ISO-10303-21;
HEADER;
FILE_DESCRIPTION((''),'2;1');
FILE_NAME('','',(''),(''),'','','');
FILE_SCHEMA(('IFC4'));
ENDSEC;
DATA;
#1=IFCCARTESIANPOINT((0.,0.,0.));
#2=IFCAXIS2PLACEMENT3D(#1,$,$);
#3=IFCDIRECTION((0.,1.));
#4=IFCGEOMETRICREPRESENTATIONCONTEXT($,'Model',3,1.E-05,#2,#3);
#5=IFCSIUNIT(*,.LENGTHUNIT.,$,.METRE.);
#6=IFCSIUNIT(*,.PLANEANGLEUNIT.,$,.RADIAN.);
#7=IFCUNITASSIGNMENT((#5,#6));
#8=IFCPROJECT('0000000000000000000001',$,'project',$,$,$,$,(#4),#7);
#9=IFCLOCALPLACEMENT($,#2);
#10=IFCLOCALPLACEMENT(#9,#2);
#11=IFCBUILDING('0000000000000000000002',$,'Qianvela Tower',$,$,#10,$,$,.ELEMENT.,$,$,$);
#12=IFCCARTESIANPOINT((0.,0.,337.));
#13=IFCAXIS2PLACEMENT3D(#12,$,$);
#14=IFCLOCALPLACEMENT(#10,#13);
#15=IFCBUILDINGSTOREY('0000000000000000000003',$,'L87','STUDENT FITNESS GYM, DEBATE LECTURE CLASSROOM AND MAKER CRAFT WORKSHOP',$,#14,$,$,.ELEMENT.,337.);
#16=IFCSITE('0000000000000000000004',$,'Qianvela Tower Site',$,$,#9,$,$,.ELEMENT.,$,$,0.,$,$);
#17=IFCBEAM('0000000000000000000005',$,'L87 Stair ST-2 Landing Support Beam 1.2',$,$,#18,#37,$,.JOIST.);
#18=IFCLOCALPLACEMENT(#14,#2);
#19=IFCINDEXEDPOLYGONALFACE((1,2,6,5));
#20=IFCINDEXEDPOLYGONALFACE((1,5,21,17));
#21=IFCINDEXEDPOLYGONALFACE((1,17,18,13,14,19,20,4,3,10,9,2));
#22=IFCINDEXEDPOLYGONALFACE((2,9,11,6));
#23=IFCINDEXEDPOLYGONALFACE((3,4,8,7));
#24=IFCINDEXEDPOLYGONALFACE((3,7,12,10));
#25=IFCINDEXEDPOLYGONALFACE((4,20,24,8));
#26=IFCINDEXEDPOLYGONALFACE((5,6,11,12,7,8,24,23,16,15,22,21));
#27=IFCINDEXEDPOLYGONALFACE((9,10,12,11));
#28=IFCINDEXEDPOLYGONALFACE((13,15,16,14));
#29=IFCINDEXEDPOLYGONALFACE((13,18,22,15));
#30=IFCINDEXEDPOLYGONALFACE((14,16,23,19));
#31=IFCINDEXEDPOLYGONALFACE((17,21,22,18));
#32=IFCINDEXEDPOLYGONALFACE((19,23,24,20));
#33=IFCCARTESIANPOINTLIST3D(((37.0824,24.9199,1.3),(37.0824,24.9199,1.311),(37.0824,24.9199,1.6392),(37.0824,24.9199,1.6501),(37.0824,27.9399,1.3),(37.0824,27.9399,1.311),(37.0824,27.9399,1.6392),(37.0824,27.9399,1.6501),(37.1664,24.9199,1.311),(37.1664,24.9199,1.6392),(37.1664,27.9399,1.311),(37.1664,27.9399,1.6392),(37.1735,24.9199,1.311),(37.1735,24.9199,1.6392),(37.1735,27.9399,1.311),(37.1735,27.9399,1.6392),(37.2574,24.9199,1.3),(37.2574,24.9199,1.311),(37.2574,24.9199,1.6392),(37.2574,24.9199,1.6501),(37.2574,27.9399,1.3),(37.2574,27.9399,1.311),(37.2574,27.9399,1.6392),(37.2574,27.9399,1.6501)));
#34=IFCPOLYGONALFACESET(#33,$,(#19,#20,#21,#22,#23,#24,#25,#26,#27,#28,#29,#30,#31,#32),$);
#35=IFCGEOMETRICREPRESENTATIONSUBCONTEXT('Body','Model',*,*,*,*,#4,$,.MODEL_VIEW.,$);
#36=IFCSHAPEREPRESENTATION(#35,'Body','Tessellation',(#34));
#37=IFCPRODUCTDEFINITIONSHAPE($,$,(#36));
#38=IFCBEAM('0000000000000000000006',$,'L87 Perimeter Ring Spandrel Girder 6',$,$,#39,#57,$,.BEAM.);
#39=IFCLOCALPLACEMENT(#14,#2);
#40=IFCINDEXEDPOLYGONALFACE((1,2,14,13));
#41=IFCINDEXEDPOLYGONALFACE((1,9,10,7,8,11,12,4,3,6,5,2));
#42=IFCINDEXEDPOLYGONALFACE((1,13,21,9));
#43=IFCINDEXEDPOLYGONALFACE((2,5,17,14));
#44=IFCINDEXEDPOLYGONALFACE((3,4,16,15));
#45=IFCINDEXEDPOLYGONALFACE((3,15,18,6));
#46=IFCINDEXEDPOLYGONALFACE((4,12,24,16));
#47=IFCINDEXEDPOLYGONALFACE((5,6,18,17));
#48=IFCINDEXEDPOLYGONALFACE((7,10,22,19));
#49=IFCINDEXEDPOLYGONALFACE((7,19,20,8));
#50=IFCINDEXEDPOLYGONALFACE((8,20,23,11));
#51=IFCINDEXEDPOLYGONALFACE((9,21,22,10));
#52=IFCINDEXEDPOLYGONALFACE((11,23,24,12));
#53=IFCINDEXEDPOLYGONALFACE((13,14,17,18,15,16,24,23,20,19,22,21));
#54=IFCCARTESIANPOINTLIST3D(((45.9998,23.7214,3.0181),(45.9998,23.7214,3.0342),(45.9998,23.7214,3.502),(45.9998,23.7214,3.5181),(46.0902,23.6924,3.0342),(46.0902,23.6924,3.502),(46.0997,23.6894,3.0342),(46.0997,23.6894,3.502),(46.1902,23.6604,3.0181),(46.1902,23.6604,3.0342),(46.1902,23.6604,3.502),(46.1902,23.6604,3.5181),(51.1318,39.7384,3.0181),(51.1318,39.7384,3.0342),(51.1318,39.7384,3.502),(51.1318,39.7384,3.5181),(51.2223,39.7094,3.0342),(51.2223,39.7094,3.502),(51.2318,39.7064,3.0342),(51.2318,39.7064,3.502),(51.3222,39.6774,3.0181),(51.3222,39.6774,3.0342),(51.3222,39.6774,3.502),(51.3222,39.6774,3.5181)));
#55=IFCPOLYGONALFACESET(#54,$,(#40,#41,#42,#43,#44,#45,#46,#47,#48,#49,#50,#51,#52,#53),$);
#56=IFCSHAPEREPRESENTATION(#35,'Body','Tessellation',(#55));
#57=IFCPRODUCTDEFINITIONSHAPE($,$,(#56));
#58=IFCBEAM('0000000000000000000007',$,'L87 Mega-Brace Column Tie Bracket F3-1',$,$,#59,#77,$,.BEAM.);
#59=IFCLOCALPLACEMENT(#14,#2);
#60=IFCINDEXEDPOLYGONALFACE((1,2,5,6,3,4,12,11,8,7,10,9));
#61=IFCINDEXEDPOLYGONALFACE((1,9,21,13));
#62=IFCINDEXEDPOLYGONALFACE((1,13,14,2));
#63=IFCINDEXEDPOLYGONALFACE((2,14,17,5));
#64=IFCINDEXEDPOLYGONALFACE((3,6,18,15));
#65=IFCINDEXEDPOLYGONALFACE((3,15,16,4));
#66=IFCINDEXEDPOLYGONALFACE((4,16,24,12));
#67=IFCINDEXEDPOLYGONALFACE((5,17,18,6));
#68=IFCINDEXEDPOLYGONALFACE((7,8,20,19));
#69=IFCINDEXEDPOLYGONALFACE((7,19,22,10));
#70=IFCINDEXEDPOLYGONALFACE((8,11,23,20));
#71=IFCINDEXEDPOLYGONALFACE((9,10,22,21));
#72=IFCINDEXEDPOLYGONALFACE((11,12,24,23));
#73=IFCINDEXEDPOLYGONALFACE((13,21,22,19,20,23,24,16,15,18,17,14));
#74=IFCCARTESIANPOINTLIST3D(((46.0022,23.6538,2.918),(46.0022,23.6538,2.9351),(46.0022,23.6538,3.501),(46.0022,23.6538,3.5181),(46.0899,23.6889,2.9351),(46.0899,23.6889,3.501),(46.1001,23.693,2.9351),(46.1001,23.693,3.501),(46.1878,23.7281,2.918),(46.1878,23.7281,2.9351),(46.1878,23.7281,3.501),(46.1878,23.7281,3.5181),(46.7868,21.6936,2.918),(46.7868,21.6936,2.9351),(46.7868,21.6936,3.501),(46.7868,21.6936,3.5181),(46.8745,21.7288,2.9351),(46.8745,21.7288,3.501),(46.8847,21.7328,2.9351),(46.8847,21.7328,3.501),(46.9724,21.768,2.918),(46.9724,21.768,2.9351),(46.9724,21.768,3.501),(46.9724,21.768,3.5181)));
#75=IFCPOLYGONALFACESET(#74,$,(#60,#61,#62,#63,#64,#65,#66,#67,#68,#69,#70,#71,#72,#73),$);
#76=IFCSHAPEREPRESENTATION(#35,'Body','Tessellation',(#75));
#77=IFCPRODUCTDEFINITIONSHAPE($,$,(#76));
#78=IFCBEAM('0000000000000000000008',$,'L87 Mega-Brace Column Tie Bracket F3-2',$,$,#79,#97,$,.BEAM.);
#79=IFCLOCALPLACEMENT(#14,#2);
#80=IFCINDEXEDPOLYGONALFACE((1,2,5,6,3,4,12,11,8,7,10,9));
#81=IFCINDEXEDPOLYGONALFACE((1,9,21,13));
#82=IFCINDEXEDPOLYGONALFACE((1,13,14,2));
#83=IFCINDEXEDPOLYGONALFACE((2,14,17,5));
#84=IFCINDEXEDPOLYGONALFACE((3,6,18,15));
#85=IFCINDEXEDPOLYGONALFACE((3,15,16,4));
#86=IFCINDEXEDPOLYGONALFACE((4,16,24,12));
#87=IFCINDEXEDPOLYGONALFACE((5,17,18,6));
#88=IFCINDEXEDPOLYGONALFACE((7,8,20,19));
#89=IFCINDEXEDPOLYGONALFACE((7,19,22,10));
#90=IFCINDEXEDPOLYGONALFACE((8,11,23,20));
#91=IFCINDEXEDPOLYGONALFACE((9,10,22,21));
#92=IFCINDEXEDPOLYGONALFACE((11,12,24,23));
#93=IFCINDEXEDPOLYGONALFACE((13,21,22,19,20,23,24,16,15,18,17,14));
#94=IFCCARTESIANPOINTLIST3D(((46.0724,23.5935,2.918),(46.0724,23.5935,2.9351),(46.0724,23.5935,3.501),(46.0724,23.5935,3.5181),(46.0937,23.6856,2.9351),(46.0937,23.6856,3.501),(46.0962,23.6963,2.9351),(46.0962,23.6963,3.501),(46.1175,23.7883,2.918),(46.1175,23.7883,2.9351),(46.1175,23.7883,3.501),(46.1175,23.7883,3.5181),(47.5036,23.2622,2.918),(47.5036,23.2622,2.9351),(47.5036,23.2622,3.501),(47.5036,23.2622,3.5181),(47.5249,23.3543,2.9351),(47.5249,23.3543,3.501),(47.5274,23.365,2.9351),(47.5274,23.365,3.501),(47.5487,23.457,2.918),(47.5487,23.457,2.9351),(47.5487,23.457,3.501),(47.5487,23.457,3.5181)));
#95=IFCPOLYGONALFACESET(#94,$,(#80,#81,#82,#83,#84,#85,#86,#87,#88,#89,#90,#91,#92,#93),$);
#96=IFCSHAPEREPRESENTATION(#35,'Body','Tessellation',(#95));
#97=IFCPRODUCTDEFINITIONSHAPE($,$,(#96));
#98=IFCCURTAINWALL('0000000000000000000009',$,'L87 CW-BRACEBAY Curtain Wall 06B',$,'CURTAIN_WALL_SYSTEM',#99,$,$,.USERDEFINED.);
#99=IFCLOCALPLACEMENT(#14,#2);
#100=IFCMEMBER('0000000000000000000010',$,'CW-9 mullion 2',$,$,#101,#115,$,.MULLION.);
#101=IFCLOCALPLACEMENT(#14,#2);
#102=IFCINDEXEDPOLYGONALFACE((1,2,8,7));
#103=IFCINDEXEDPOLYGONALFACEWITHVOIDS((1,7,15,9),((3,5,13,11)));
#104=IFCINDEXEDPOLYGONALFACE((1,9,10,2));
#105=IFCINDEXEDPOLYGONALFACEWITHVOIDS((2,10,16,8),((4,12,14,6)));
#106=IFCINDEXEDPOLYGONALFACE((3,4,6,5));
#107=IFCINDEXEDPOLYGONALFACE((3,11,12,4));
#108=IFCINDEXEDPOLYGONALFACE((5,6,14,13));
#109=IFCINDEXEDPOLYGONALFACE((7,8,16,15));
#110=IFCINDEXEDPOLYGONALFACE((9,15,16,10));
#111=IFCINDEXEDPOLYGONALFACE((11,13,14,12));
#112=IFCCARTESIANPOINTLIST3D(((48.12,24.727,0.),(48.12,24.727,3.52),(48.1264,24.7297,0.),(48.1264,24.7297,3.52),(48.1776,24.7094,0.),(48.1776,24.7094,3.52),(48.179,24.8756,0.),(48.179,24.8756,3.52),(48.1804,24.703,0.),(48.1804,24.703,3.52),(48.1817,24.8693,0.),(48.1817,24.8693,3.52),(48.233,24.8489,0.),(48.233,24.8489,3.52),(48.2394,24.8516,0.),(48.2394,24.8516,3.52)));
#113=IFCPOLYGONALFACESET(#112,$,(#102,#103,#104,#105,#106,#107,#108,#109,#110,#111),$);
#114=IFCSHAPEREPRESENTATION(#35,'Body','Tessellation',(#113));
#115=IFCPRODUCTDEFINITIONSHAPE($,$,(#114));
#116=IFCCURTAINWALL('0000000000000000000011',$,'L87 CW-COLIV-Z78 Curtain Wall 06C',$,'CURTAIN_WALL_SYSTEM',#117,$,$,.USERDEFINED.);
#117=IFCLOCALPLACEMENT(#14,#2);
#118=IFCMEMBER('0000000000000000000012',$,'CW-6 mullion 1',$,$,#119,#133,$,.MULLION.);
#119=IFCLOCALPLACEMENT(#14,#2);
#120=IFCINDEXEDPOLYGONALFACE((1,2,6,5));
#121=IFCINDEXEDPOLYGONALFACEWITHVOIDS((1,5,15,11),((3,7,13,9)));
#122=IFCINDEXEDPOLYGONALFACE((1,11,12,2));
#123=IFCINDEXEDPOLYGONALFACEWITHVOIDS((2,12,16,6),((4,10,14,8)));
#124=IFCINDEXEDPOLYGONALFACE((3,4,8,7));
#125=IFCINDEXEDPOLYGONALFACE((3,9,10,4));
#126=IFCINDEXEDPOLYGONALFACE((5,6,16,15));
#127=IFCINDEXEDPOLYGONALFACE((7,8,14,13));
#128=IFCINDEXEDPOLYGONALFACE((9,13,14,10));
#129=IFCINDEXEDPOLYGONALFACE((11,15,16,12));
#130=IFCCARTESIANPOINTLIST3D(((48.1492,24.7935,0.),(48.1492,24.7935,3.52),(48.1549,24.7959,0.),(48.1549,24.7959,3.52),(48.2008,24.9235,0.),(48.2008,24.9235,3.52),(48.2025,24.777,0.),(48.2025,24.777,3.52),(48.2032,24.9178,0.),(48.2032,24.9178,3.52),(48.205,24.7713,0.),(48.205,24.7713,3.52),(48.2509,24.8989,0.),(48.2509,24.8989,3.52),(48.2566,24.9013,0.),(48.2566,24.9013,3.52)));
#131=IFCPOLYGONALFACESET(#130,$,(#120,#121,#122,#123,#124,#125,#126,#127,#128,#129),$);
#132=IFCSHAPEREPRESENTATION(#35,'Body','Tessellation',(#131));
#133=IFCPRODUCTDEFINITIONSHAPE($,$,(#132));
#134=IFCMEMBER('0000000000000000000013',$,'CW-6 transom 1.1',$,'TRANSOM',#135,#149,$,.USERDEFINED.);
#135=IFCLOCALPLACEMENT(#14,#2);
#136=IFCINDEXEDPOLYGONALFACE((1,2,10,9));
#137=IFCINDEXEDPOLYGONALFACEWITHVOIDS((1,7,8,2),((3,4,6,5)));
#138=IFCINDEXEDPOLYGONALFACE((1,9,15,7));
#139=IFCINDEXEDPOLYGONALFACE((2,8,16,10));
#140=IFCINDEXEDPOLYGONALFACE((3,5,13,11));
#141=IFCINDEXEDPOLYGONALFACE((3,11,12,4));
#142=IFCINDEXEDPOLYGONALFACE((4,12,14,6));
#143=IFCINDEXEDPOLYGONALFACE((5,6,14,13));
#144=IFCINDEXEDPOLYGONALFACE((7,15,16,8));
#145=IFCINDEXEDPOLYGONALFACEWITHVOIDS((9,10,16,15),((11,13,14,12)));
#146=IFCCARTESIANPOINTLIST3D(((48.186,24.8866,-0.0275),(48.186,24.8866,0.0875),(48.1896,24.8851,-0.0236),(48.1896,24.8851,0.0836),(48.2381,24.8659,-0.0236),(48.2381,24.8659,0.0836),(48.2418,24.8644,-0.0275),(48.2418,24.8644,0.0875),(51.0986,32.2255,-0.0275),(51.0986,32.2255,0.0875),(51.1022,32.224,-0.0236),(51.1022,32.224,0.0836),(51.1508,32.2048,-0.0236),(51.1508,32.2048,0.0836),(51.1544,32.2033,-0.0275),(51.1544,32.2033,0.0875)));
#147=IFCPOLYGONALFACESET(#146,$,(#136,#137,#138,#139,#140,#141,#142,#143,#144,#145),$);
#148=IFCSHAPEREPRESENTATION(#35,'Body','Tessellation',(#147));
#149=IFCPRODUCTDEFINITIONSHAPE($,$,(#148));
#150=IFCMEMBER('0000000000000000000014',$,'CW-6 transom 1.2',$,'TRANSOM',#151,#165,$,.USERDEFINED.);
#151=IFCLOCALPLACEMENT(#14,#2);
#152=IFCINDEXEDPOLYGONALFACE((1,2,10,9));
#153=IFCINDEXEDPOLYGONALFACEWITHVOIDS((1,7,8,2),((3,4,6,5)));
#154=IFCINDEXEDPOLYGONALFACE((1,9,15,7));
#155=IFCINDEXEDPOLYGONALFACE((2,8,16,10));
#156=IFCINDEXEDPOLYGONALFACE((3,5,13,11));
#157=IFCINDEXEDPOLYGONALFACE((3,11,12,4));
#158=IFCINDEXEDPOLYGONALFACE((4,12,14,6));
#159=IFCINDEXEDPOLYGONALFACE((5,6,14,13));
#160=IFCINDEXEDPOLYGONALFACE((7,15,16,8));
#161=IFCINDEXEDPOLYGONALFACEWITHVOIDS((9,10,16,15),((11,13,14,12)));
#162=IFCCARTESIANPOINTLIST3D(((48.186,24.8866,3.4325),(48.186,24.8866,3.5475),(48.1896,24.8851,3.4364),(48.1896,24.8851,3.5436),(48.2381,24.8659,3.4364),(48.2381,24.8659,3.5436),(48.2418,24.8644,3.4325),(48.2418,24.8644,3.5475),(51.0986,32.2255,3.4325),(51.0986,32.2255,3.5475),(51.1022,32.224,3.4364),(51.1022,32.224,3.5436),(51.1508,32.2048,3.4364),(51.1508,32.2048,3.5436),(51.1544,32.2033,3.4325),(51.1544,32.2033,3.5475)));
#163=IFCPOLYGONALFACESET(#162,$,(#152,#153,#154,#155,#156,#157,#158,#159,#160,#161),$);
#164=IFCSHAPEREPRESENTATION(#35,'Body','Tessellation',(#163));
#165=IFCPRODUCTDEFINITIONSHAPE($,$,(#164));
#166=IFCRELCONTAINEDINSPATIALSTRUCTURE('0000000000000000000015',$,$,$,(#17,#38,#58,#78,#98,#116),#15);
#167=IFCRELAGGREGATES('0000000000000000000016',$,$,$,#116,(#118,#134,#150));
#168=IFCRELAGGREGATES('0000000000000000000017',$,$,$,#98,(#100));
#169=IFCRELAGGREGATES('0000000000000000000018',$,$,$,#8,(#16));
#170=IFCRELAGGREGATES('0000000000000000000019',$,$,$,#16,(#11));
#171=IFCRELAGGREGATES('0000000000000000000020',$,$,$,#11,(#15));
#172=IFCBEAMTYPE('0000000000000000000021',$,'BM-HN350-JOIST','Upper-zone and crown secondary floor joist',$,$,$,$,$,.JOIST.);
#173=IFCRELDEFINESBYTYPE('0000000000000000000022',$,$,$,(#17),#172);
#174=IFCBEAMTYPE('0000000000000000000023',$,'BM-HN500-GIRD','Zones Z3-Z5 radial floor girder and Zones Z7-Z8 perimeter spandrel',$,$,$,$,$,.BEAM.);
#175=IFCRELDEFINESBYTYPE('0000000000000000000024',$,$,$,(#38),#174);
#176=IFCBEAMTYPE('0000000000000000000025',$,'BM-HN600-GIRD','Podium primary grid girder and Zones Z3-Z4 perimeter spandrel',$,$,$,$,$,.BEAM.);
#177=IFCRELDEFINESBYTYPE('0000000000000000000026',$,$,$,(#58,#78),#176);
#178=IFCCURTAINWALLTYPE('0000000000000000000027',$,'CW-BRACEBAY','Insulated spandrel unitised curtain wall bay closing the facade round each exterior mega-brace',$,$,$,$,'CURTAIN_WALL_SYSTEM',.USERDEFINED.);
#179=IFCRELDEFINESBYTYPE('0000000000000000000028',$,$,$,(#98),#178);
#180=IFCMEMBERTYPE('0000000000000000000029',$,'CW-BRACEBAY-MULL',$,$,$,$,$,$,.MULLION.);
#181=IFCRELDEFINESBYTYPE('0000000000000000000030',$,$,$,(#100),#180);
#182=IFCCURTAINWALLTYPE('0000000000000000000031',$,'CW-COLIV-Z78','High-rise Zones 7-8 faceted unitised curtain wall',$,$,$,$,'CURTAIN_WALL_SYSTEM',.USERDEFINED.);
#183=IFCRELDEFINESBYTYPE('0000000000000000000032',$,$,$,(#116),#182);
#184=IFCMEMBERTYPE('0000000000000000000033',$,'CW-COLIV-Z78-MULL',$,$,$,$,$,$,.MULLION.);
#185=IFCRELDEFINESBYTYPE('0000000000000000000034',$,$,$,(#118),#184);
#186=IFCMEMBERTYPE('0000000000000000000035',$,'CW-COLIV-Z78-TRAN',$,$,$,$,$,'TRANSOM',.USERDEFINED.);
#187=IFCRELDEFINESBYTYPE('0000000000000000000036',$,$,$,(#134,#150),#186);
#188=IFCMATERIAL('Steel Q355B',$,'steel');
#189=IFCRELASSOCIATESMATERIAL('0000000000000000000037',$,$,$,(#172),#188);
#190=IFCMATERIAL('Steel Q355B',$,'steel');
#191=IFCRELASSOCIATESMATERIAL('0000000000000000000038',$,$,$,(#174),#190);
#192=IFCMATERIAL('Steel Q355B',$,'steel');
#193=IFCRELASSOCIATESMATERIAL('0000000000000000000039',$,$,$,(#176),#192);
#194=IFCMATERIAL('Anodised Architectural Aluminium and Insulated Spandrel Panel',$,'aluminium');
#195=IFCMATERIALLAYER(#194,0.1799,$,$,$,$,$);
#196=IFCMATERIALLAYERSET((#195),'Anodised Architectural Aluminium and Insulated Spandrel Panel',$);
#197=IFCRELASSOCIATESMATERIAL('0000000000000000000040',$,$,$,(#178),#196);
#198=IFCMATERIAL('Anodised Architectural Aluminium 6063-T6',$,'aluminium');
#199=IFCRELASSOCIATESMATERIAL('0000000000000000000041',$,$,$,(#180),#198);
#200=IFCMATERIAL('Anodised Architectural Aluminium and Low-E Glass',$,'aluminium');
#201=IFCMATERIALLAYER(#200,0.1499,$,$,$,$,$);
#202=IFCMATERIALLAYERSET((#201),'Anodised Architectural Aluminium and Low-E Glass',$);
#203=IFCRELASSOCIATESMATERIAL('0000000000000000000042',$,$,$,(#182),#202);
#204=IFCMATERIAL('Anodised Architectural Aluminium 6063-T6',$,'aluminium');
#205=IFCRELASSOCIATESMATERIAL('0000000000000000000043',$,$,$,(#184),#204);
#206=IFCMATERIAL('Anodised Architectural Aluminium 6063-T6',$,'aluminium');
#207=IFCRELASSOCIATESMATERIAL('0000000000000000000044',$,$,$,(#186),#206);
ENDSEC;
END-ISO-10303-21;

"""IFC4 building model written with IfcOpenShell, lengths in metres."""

from ifc_helpers import new_model, si_unit, direction, frame, origin, origin_2d, place, context, subcontext, project, spatial, hollow_rectangle, i_section, extrude, material, layer, layer_set, material_profile, profile_set, type_object, element, aggregate, save


model = new_model("IFC4")

# Units and contexts
model_context = context("Model", 3, precision=1e-05, world=origin(), true_north=direction((0.0, 1.0)))
body_context = subcontext(model_context, "Body", "Model", "MODEL_VIEW")
ifc_project = project(units=[si_unit("LENGTHUNIT", "METRE"), si_unit("PLANEANGLEUNIT", "RADIAN")], contexts=[model_context])

# Site, building, storey
site_placement = place(None, origin())
site = spatial("IfcSite", under=ifc_project, at=site_placement, Name="Qianvela Tower Site", CompositionType="ELEMENT", RefElevation=0.0)
building_placement = place(site_placement, origin())
building = spatial("IfcBuilding", under=site, at=building_placement, Name="Qianvela Tower", CompositionType="ELEMENT")
storey_placement = place(building_placement, frame((0.0, 0.0, 337.0)))
storey = spatial("IfcBuildingStorey", under=building, at=storey_placement, Name="L87", Description="STUDENT FITNESS GYM, DEBATE LECTURE CLASSROOM AND MAKER CRAFT WORKSHOP", CompositionType="ELEMENT", Elevation=337.0)

# Beams
ifc_material_1 = material(Name="Steel Q355B", Category="steel")
ifc_material_profile_1 = material_profile(ifc_material_1, i_section(OverallWidth=0.175, OverallDepth=0.3501, WebThickness=0.0071, FlangeThickness=0.011, at=origin_2d()), Name="HN350x175x7x11")
ifc_profile_set_1 = profile_set([ifc_material_profile_1], Name="Steel Q355B")
beam_type_1 = type_object("IfcBeamType", Name="BM-HN350-JOIST", Description="Upper-zone and crown secondary floor joist", PredefinedType="JOIST", material=ifc_profile_set_1)
for number, where, z_axis, x_axis, name in (
    (1, (37.1699, 24.9199, 1.4751), (0.0, 1.0, 0.0), (-1.0, 0.0, 0.0), "L87 Stair ST-2 Landing Support Beam 1.2"),
):
    element("IfcBeam", number, at=place(storey_placement, frame(where, z_axis=z_axis, x_axis=x_axis)), inside=storey, type_object=beam_type_1, Name=name, PredefinedType="JOIST", context=body_context, shape_type="SweptSolid", body=[
        extrude(i_section(OverallWidth=0.175, OverallDepth=0.3501, WebThickness=0.0071, FlangeThickness=0.011, at=origin_2d()), origin(), (0.0, 0.0, 1.0), 3.02),
    ])
ifc_material_2 = material(Name="Steel Q355B", Category="steel")
ifc_material_profile_2 = material_profile(ifc_material_2, i_section(OverallWidth=0.2, OverallDepth=0.5, WebThickness=0.01, FlangeThickness=0.0161, at=origin_2d()), Name="HN500x200x10x16")
ifc_profile_set_2 = profile_set([ifc_material_profile_2], Name="Steel Q355B")
beam_type_2 = type_object("IfcBeamType", Name="BM-HN500-GIRD", Description="Zones Z3-Z5 radial floor girder and Zones Z7-Z8 perimeter spandrel", PredefinedType="BEAM", material=ifc_profile_set_2)
beam_1_placement = place(storey_placement, frame((46.095, 23.6909, 3.2681), z_axis=(0.305132, 0.95231, 0.0), x_axis=(-0.95231, 0.305132, 0.0)))
element("IfcBeam", 2, at=beam_1_placement, inside=storey, type_object=beam_type_2, Name="L87 Perimeter Ring Spandrel Girder 6", PredefinedType="BEAM", context=body_context, shape_type="SweptSolid", body=[
    extrude(i_section(OverallWidth=0.2, OverallDepth=0.5, WebThickness=0.01, FlangeThickness=0.0161, at=origin_2d()), origin(), (0.0, 0.0, 1.0), 16.8191),
])
ifc_material_3 = material(Name="Steel Q355B", Category="steel")
ifc_material_profile_3 = material_profile(ifc_material_3, i_section(OverallWidth=0.2, OverallDepth=0.6001, WebThickness=0.011, FlangeThickness=0.0171, at=origin_2d()), Name="HN600x200x11x17")
ifc_profile_set_3 = profile_set([ifc_material_profile_3], Name="Steel Q355B")
beam_type_3 = type_object("IfcBeamType", Name="BM-HN600-GIRD", Description="Podium primary grid girder and Zones Z3-Z4 perimeter spandrel", PredefinedType="BEAM", material=ifc_profile_set_3)
beam_2_placement = place(storey_placement, frame((46.095, 23.6909, 3.218), z_axis=(0.37163, -0.928381, 0.0), x_axis=(0.928381, 0.37163, 0.0)))
element("IfcBeam", 3, at=beam_2_placement, inside=storey, type_object=beam_type_3, Name="L87 Mega-Brace Column Tie Bracket F3-1", PredefinedType="BEAM", context=body_context, shape_type="SweptSolid", body=[
    extrude(i_section(OverallWidth=0.2, OverallDepth=0.6001, WebThickness=0.011, FlangeThickness=0.0171, at=origin_2d()), origin(), (0.0, 0.0, 1.0), 2.1113),
])
beam_3_placement = place(storey_placement, frame((46.095, 23.6909, 3.218), z_axis=(0.974237, -0.225527, 0.0), x_axis=(0.225527, 0.974237, 0.0)))
element("IfcBeam", 4, at=beam_3_placement, inside=storey, type_object=beam_type_3, Name="L87 Mega-Brace Column Tie Bracket F3-2", PredefinedType="BEAM", context=body_context, shape_type="SweptSolid", body=[
    extrude(i_section(OverallWidth=0.2, OverallDepth=0.6001, WebThickness=0.011, FlangeThickness=0.0171, at=origin_2d()), origin(), (0.0, 0.0, 1.0), 1.469),
])

# Curtain wall, member
ifc_material_4 = material(Name="Anodised Architectural Aluminium and Insulated Spandrel Panel", Category="aluminium")
ifc_layer_1 = layer(ifc_material_4, 0.1799)
ifc_layer_set_1 = layer_set([ifc_layer_1], Name="Anodised Architectural Aluminium and Insulated Spandrel Panel")
curtain_wall_type_1 = type_object("IfcCurtainWallType", Name="CW-BRACEBAY", Description="Insulated spandrel unitised curtain wall bay closing the facade round each exterior mega-brace", ElementType="CURTAIN_WALL_SYSTEM", PredefinedType="USERDEFINED", material=ifc_layer_set_1)
curtain_wall_1_placement = place(storey_placement, origin())
curtain_wall_1 = element("IfcCurtainWall", 5, at=curtain_wall_1_placement, inside=storey, type_object=curtain_wall_type_1, Name="L87 CW-BRACEBAY Curtain Wall 06B", ObjectType="CURTAIN_WALL_SYSTEM", PredefinedType="USERDEFINED")
ifc_material_5 = material(Name="Anodised Architectural Aluminium 6063-T6", Category="aluminium")
ifc_material_profile_4 = material_profile(ifc_material_5, hollow_rectangle(XDim=0.0649, YDim=0.1599, WallThickness=0.0049, at=origin_2d()), Name="ALU-MULL-65x160")
ifc_profile_set_4 = profile_set([ifc_material_profile_4], Name="Anodised Architectural Aluminium 6063-T6")
member_type_1 = type_object("IfcMemberType", Name="CW-BRACEBAY-MULL", PredefinedType="MULLION", material=ifc_profile_set_4)
member_1_placement = place(storey_placement, frame((48.1797, 24.7893, 0.0), z_axis=(0.0, 0.0, 1.0), x_axis=(-0.929472, 0.368892, 0.0)))
member_1 = element("IfcMember", 6, at=member_1_placement, type_object=member_type_1, Name="CW-9 mullion 2", PredefinedType="MULLION", context=body_context, shape_type="SweptSolid", body=[
    extrude(hollow_rectangle(XDim=0.0649, YDim=0.1599, WallThickness=0.0049, at=origin_2d()), origin(), (0.0, 0.0, 1.0), 3.52),
])

# Curtain wall, members
ifc_material_6 = material(Name="Anodised Architectural Aluminium and Low-E Glass", Category="aluminium")
ifc_layer_2 = layer(ifc_material_6, 0.1499)
ifc_layer_set_2 = layer_set([ifc_layer_2], Name="Anodised Architectural Aluminium and Low-E Glass")
curtain_wall_type_2 = type_object("IfcCurtainWallType", Name="CW-COLIV-Z78", Description="High-rise Zones 7-8 faceted unitised curtain wall", ElementType="CURTAIN_WALL_SYSTEM", PredefinedType="USERDEFINED", material=ifc_layer_set_2)
curtain_wall_2_placement = place(storey_placement, origin())
curtain_wall_2 = element("IfcCurtainWall", 7, at=curtain_wall_2_placement, inside=storey, type_object=curtain_wall_type_2, Name="L87 CW-COLIV-Z78 Curtain Wall 06C", ObjectType="CURTAIN_WALL_SYSTEM", PredefinedType="USERDEFINED")
ifc_material_7 = material(Name="Anodised Architectural Aluminium 6063-T6", Category="aluminium")
ifc_material_profile_5 = material_profile(ifc_material_7, hollow_rectangle(XDim=0.0601, YDim=0.1399, WallThickness=0.0044, at=origin_2d()), Name="ALU-MULL-60x140")
ifc_profile_set_5 = profile_set([ifc_material_profile_5], Name="Anodised Architectural Aluminium 6063-T6")
member_type_2 = type_object("IfcMemberType", Name="CW-COLIV-Z78-MULL", PredefinedType="MULLION", material=ifc_profile_set_5)
member_2_placement = place(storey_placement, frame((48.2029, 24.8474, 0.0), z_axis=(0.0, 0.0, 1.0), x_axis=(-0.929474, 0.368888, 0.0)))
member_2 = element("IfcMember", 8, at=member_2_placement, type_object=member_type_2, Name="CW-6 mullion 1", PredefinedType="MULLION", context=body_context, shape_type="SweptSolid", body=[
    extrude(hollow_rectangle(XDim=0.0601, YDim=0.1399, WallThickness=0.0044, at=origin_2d()), origin(), (0.0, 0.0, 1.0), 3.52),
])
ifc_material_8 = material(Name="Anodised Architectural Aluminium 6063-T6", Category="aluminium")
ifc_material_profile_6 = material_profile(ifc_material_8, hollow_rectangle(XDim=0.0601, YDim=0.115, WallThickness=0.0039, at=origin_2d()), Name="ALU-TRAN-60x115")
ifc_profile_set_6 = profile_set([ifc_material_profile_6], Name="Anodised Architectural Aluminium 6063-T6")
member_type_3 = type_object("IfcMemberType", Name="CW-COLIV-Z78-TRAN", ElementType="TRANSOM", PredefinedType="USERDEFINED", material=ifc_profile_set_6)
member_3_placement = place(storey_placement, frame((48.2139, 24.8755, 0.03), z_axis=(0.368884, 0.929476, 0.0), x_axis=(-0.929476, 0.368884, 0.0)))
member_3 = element("IfcMember", 9, at=member_3_placement, type_object=member_type_3, Name="CW-6 transom 1.1", ObjectType="TRANSOM", PredefinedType="USERDEFINED", context=body_context, shape_type="SweptSolid", body=[
    extrude(hollow_rectangle(XDim=0.0601, YDim=0.115, WallThickness=0.0039, at=origin_2d()), origin(), (0.0, 0.0, 1.0), 7.8958),
])
member_4_placement = place(storey_placement, frame((48.2139, 24.8755, 3.49), z_axis=(0.368884, 0.929476, 0.0), x_axis=(-0.929476, 0.368884, 0.0)))
member_4 = element("IfcMember", 10, at=member_4_placement, type_object=member_type_3, Name="CW-6 transom 1.2", ObjectType="TRANSOM", PredefinedType="USERDEFINED", context=body_context, shape_type="SweptSolid", body=[
    extrude(hollow_rectangle(XDim=0.0601, YDim=0.115, WallThickness=0.0039, at=origin_2d()), origin(), (0.0, 0.0, 1.0), 7.8958),
])
aggregate(curtain_wall_2, [member_2, member_3, member_4])

aggregate(curtain_wall_1, [member_1])

save(model, "model.ifc")
